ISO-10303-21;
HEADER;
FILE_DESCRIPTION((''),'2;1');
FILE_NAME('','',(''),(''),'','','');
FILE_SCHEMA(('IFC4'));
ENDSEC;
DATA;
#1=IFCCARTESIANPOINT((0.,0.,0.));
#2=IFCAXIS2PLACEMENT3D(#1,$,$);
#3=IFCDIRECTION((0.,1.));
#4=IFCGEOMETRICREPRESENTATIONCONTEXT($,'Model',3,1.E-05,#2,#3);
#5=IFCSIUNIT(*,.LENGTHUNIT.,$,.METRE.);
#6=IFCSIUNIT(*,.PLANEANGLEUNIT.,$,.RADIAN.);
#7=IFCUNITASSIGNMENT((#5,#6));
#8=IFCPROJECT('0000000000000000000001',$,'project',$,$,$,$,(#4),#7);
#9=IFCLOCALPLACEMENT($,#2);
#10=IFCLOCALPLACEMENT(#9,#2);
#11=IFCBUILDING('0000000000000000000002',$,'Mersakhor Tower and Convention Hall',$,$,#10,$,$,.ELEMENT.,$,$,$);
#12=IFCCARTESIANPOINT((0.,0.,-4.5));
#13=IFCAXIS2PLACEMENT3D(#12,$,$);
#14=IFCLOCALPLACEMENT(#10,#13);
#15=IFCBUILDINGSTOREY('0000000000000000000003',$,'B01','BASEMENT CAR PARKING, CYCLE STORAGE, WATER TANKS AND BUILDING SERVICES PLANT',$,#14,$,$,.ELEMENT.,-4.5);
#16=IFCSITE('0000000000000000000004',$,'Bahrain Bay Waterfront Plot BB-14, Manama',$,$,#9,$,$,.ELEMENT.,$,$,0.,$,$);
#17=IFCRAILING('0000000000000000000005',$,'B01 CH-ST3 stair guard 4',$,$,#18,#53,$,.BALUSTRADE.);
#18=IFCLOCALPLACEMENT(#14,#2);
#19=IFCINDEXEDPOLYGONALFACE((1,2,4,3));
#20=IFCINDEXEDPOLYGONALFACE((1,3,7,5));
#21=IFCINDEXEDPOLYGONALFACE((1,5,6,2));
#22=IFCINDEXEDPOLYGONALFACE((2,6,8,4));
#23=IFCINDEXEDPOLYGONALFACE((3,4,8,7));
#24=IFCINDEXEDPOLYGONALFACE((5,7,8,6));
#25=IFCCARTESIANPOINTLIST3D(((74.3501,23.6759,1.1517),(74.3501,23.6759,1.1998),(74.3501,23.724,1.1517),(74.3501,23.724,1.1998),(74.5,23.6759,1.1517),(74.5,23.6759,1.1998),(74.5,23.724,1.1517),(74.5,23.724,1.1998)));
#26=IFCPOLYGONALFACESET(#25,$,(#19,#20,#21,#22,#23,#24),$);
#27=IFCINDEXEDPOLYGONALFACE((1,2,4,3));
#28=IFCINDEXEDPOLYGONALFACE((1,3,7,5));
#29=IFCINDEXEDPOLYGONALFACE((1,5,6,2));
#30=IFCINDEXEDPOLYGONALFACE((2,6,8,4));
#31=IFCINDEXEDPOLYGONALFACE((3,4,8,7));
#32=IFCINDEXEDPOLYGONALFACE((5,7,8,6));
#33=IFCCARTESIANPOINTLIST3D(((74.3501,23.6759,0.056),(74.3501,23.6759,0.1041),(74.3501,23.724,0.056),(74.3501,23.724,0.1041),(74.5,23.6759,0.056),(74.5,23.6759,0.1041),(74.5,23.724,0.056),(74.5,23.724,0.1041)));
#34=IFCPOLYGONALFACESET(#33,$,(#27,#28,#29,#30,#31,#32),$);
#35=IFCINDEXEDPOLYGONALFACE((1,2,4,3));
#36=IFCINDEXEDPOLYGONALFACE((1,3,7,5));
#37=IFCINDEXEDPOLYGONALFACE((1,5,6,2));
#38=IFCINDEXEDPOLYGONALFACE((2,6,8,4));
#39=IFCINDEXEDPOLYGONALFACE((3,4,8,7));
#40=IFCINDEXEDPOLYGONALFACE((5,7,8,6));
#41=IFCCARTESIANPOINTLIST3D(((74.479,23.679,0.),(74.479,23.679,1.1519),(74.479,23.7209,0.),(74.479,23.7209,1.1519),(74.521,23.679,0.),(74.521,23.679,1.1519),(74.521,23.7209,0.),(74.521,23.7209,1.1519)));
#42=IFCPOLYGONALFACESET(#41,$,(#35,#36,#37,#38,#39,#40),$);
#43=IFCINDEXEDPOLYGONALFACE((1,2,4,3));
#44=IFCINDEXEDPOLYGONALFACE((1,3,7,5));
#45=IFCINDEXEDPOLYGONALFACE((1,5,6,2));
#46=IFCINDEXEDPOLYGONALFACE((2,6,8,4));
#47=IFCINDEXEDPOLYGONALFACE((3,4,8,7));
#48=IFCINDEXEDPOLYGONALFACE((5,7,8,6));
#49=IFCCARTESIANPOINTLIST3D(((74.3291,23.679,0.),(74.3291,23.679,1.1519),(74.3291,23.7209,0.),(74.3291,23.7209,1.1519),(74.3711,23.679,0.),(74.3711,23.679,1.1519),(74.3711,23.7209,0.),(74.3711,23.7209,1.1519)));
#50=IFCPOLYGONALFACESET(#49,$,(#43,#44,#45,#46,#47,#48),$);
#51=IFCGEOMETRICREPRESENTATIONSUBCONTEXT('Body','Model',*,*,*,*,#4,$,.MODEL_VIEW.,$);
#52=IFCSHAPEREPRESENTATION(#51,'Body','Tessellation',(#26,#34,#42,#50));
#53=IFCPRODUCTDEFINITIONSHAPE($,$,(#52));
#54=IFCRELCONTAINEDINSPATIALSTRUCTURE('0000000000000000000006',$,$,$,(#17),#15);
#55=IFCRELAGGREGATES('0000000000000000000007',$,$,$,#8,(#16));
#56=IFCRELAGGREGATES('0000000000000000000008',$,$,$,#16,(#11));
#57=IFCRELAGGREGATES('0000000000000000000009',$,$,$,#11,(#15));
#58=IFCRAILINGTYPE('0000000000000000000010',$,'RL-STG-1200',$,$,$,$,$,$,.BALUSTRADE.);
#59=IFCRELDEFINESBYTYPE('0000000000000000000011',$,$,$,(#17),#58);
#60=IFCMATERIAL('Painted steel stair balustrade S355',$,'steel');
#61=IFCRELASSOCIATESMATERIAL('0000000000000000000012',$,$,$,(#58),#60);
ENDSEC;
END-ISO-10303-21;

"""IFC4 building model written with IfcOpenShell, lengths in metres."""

from ifc_helpers import new_model, si_unit, direction, frame, origin, origin_2d, place, context, subcontext, project, spatial, rectangle, extrude, material, type_object, element, save


model = new_model("IFC4")

# Units and contexts
model_context = context("Model", 3, precision=1e-05, world=origin(), true_north=direction((0.0, 1.0)))
body_context = subcontext(model_context, "Body", "Model", "MODEL_VIEW")
ifc_project = project(units=[si_unit("LENGTHUNIT", "METRE"), si_unit("PLANEANGLEUNIT", "RADIAN")], contexts=[model_context])

# Site, building, storey
site_placement = place(None, origin())
site = spatial("IfcSite", under=ifc_project, at=site_placement, Name="Bahrain Bay Waterfront Plot BB-14, Manama", CompositionType="ELEMENT", RefElevation=0.0)
building_placement = place(site_placement, origin())
building = spatial("IfcBuilding", under=site, at=building_placement, Name="Mersakhor Tower and Convention Hall", CompositionType="ELEMENT")
storey_placement = place(building_placement, frame((0.0, 0.0, -4.5)))
storey = spatial("IfcBuildingStorey", under=building, at=storey_placement, Name="B01", Description="BASEMENT CAR PARKING, CYCLE STORAGE, WATER TANKS AND BUILDING SERVICES PLANT", CompositionType="ELEMENT", Elevation=-4.5)

# Railing
ifc_material_1 = material(Name="Painted steel stair balustrade S355", Category="steel")
railing_type_1 = type_object("IfcRailingType", Name="RL-STG-1200", PredefinedType="BALUSTRADE", material=ifc_material_1)
railing_1_placement = place(storey_placement, frame((74.5, 23.7, 0.0)))
element("IfcRailing", 1, at=railing_1_placement, inside=storey, type_object=railing_type_1, Name="B01 CH-ST3 stair guard 4", PredefinedType="BALUSTRADE", context=body_context, shape_type="SweptSolid", body=[
    extrude(rectangle(XDim=0.0481, YDim=0.0481, at=origin_2d()), frame((0.0, 0.0, 1.1758), z_axis=(-1.0, 0.0, 0.0), x_axis=(0.0, -1.0, 0.0)), (0.0, 0.0, 1.0), 0.1499),
    extrude(rectangle(XDim=0.0481, YDim=0.0481, at=origin_2d()), frame((0.0, 0.0, 0.0801), z_axis=(-1.0, 0.0, 0.0), x_axis=(0.0, -1.0, 0.0)), (0.0, 0.0, 1.0), 0.1499),
    extrude(rectangle(XDim=0.042, YDim=0.042, at=origin_2d()), origin(), (0.0, 0.0, 1.0), 1.1519),
    extrude(rectangle(XDim=0.042, YDim=0.042, at=origin_2d()), frame((-0.1499, 0.0, 0.0)), (0.0, 0.0, 1.0), 1.1519),
])

save(model, "model.ifc")
